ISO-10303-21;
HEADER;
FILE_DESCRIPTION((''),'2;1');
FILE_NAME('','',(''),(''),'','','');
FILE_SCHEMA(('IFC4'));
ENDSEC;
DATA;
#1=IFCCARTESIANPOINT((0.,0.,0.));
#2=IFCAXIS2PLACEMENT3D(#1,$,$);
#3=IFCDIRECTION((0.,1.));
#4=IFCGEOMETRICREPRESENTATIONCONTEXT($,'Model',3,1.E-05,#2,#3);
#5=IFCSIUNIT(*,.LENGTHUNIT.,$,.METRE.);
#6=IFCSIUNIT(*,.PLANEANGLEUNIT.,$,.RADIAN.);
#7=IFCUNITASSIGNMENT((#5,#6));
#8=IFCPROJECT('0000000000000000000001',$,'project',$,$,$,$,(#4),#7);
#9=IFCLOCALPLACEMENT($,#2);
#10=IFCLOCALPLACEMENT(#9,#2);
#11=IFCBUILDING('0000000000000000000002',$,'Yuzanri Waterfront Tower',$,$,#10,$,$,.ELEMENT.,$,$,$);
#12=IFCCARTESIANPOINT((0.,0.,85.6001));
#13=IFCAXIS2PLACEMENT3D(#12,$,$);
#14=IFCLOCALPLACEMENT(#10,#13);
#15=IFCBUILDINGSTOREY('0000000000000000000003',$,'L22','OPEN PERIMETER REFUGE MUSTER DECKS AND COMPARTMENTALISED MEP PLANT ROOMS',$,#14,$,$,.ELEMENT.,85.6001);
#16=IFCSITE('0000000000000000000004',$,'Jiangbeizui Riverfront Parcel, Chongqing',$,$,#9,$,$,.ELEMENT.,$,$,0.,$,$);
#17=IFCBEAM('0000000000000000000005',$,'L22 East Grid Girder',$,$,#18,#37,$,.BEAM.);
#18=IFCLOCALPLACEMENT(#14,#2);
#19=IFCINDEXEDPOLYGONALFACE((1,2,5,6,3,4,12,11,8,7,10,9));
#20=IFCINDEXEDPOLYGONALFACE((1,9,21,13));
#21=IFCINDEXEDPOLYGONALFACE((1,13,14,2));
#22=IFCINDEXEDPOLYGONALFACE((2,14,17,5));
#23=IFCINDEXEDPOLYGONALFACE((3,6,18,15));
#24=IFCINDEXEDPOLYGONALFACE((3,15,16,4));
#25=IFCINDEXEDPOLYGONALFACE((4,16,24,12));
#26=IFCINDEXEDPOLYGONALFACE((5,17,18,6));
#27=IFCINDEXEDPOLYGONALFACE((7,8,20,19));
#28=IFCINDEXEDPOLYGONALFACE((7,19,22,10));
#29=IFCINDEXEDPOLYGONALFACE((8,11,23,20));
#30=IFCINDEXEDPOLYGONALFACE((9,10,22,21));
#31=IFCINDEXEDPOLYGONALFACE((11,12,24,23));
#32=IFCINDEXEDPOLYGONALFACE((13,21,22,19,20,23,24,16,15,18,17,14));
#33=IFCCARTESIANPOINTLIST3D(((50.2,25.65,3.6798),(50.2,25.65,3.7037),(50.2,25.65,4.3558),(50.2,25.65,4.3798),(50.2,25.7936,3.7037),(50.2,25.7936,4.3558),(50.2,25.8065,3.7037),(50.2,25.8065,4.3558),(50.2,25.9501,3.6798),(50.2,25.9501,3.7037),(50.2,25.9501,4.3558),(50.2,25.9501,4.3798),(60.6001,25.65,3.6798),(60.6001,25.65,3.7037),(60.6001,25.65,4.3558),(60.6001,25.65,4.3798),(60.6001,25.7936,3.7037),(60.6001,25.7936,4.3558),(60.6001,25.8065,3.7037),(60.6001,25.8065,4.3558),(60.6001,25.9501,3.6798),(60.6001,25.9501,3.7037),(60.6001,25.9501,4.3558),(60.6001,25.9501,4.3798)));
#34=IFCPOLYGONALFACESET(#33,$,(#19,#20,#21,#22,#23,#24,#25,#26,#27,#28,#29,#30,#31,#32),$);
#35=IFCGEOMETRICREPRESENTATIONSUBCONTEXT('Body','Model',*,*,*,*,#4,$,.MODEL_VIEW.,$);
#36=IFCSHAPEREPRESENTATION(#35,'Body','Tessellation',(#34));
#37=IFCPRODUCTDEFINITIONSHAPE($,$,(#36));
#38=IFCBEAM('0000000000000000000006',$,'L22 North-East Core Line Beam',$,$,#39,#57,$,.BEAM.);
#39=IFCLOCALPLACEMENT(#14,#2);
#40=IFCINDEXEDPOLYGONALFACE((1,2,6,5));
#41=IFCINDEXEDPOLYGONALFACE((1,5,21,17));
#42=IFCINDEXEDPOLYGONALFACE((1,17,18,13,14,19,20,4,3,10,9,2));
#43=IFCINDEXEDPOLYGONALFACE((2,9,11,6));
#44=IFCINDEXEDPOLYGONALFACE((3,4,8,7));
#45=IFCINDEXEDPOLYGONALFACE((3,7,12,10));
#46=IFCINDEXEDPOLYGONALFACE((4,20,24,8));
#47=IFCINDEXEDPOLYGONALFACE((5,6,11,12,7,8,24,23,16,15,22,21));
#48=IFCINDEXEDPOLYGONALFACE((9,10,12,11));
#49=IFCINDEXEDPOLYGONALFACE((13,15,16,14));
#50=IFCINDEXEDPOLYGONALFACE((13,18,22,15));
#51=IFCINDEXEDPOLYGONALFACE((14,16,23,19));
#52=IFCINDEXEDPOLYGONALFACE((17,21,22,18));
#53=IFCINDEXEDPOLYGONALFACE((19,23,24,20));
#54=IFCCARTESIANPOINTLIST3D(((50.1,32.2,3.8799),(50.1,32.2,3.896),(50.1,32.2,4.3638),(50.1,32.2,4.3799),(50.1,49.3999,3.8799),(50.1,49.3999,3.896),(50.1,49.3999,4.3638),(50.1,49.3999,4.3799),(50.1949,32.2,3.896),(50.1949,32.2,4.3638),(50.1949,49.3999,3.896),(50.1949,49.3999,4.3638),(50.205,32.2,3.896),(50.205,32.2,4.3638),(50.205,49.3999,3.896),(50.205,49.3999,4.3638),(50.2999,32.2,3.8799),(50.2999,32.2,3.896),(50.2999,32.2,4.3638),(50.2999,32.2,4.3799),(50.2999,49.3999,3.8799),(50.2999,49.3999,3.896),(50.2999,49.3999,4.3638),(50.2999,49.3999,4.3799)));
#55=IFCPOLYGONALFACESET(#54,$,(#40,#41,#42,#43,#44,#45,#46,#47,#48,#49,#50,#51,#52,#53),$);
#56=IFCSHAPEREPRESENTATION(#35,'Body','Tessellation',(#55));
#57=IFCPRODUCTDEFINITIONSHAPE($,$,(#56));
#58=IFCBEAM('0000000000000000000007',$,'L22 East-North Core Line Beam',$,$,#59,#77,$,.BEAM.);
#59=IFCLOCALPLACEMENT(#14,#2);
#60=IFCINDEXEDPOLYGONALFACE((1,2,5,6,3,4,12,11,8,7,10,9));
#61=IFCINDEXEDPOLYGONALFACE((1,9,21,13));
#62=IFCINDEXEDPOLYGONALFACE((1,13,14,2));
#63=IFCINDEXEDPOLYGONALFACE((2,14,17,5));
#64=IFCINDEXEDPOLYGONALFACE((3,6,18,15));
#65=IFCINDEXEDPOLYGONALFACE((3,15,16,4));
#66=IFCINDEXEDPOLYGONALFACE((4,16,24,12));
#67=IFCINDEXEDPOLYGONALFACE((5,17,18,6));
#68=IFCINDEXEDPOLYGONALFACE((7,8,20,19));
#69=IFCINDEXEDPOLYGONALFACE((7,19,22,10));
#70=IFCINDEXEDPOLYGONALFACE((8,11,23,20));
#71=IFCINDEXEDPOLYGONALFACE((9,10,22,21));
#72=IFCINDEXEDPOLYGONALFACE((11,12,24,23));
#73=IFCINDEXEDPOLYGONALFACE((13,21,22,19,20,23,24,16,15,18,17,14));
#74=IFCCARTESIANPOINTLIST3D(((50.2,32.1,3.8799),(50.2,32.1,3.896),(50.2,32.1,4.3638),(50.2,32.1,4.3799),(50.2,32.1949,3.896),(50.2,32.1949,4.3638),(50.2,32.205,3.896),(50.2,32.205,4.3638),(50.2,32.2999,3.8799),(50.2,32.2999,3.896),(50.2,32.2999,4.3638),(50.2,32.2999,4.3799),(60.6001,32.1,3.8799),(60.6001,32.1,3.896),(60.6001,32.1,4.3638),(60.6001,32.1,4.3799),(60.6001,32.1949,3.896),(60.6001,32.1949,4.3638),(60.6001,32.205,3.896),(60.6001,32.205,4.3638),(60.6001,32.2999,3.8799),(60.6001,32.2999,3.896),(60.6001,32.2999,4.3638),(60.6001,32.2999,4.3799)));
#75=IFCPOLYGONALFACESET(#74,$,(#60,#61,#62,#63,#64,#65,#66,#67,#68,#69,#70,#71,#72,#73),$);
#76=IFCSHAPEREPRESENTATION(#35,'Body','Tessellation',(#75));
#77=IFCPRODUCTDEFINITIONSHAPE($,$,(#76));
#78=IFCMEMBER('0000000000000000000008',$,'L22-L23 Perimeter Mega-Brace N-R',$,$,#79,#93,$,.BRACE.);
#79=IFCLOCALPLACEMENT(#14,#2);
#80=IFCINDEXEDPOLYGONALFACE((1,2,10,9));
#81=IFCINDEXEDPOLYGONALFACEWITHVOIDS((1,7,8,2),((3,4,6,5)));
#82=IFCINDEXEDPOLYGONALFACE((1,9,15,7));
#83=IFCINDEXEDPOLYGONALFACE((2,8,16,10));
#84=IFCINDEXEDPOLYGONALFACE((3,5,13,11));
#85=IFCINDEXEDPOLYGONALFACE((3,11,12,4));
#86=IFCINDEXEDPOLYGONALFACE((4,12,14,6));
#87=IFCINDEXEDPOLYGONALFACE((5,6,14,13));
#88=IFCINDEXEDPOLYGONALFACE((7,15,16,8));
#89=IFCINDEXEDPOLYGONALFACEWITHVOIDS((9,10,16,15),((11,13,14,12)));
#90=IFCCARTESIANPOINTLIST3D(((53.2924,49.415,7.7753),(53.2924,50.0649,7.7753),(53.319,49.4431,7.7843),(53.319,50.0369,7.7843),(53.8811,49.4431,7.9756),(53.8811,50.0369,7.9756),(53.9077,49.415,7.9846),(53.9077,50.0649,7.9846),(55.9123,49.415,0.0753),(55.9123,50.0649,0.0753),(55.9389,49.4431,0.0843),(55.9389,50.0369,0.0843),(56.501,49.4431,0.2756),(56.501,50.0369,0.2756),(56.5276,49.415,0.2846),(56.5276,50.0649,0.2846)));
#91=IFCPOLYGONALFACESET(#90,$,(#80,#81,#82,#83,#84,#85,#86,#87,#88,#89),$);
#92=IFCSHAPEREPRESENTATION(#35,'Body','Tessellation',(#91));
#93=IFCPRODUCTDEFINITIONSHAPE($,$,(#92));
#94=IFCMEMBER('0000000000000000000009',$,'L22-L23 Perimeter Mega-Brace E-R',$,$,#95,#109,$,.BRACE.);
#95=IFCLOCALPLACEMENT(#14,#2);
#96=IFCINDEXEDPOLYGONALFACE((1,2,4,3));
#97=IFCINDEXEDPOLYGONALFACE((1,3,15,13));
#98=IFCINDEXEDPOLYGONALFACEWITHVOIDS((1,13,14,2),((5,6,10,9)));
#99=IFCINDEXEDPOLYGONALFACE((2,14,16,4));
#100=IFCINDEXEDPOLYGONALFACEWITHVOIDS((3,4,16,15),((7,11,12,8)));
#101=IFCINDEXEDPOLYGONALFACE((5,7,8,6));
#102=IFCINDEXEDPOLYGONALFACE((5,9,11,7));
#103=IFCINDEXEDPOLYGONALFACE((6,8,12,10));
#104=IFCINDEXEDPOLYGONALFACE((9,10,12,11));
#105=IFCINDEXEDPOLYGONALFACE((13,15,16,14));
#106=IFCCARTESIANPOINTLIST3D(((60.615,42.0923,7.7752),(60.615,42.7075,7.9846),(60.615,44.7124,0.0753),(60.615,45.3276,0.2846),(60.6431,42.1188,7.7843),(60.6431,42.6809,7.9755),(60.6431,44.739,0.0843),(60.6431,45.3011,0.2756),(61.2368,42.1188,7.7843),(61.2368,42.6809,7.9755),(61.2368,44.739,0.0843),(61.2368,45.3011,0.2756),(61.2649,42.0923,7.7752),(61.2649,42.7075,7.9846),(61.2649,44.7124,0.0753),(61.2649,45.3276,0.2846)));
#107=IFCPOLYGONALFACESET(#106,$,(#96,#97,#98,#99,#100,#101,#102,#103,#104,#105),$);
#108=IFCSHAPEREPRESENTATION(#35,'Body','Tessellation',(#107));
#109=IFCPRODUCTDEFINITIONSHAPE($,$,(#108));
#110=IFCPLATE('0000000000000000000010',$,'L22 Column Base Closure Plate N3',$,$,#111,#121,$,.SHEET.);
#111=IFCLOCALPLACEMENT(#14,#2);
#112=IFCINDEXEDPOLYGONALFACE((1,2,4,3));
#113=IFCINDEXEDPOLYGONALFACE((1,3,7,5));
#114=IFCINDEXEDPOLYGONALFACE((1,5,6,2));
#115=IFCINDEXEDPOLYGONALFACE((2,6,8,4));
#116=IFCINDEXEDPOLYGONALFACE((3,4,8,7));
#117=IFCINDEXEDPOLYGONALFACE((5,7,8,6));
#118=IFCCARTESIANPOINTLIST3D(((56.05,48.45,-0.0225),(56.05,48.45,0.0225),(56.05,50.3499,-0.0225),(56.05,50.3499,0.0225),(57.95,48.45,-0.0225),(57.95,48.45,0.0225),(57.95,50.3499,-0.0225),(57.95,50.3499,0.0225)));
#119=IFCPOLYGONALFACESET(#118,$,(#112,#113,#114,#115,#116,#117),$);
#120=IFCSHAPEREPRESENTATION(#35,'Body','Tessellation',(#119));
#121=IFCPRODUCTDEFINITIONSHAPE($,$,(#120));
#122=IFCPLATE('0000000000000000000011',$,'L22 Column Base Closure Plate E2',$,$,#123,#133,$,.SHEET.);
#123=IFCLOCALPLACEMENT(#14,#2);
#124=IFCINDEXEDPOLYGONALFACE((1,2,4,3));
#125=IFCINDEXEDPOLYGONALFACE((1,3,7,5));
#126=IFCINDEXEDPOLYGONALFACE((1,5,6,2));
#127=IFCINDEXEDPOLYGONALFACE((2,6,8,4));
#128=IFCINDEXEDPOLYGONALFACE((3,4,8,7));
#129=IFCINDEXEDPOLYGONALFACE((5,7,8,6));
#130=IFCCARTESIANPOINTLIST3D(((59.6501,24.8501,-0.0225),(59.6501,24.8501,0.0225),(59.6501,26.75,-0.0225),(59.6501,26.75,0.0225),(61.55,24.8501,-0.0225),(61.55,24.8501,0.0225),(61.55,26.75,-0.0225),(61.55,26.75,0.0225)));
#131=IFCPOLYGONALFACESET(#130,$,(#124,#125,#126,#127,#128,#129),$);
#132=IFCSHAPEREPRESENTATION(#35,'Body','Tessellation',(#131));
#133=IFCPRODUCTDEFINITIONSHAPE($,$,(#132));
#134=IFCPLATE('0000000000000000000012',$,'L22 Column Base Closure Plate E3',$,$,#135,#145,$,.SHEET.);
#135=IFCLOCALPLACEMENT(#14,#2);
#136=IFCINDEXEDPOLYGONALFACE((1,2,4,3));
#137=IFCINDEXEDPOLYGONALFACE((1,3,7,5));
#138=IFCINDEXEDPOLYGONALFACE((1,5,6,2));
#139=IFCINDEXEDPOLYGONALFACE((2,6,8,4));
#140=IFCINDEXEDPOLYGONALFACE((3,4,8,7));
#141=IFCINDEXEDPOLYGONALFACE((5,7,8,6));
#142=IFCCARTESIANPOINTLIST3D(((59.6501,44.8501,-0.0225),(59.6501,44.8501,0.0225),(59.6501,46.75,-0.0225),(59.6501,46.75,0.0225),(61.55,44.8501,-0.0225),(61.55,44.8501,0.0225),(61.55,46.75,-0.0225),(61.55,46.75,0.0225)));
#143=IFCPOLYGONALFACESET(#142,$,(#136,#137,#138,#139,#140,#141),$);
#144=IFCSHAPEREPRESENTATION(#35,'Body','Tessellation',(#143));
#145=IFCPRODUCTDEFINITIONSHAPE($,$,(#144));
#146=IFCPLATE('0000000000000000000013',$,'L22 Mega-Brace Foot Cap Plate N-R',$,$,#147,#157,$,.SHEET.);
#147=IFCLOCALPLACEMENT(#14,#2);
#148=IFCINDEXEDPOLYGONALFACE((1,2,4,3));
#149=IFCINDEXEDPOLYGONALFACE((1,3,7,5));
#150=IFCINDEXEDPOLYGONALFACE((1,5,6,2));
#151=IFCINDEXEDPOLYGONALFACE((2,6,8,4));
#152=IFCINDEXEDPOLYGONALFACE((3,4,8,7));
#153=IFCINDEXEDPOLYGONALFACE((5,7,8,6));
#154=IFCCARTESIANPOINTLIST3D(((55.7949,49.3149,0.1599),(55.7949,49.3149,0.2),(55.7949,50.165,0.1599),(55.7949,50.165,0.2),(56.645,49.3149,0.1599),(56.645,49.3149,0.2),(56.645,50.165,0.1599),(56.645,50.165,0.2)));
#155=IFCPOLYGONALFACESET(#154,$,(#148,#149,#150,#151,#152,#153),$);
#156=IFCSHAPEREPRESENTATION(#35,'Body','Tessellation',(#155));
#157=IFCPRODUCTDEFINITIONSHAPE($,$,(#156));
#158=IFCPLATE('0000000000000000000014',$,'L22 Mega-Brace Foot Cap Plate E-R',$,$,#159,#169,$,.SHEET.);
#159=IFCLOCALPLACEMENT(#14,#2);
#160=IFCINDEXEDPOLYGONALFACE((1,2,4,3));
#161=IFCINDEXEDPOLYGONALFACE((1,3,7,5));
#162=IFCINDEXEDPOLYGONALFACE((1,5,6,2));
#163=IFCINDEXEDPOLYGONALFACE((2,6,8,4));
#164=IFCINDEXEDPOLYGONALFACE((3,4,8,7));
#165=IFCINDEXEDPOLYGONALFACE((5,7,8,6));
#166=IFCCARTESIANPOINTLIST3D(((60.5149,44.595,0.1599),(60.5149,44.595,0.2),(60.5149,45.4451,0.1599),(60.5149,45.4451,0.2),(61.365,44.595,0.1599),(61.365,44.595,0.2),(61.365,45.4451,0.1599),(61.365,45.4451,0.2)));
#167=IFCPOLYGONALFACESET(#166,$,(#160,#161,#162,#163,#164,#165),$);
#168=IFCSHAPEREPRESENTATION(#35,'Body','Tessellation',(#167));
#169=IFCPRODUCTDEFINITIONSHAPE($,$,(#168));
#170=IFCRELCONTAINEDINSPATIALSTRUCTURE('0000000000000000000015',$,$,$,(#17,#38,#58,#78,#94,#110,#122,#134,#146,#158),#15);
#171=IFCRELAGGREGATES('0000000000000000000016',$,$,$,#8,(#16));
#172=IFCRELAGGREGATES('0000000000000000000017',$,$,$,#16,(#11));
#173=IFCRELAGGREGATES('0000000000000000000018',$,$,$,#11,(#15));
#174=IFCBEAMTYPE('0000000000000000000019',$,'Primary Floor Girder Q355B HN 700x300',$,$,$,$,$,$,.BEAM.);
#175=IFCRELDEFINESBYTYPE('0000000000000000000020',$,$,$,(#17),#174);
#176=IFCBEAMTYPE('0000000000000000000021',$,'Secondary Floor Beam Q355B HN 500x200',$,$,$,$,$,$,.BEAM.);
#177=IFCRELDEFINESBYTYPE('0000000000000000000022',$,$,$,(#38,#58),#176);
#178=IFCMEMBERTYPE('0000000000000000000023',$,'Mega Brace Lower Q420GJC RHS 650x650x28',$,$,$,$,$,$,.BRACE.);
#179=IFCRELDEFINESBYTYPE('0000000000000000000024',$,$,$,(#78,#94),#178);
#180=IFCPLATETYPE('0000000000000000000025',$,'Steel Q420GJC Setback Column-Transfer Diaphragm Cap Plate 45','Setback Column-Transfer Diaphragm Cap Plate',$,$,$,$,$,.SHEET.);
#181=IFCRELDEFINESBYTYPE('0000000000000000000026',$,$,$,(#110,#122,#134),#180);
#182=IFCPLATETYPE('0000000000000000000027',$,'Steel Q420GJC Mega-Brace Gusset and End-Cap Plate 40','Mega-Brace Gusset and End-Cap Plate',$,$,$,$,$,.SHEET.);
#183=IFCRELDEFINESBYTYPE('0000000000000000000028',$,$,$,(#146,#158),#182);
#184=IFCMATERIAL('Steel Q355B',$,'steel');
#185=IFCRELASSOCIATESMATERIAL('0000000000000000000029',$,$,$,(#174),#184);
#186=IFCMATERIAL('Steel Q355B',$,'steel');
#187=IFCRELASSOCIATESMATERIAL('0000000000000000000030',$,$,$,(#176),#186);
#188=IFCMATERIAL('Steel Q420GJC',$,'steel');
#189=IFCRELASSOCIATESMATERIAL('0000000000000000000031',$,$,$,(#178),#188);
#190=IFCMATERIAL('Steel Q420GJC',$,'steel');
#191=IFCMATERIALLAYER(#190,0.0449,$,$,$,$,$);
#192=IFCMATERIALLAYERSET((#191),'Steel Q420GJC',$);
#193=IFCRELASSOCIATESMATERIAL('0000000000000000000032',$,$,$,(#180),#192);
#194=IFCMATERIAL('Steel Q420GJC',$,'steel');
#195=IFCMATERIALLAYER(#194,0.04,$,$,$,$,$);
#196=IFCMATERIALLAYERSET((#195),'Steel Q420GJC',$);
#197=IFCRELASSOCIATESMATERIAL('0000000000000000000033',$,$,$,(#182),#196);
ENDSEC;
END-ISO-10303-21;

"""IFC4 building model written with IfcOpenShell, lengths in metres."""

from ifc_helpers import new_model, si_unit, direction, frame, origin, origin_2d, place, context, subcontext, project, spatial, rectangle, hollow_rectangle, i_section, extrude, source, transform, mapped, material, layer, layer_set, material_profile, profile_set, type_object, element, save


model = new_model("IFC4")

# Units and contexts
model_context = context("Model", 3, precision=1e-05, world=origin(), true_north=direction((0.0, 1.0)))
body_context = subcontext(model_context, "Body", "Model", "MODEL_VIEW")
ifc_project = project(units=[si_unit("LENGTHUNIT", "METRE"), si_unit("PLANEANGLEUNIT", "RADIAN")], contexts=[model_context])

# Site, building, storey
site_placement = place(None, origin())
site = spatial("IfcSite", under=ifc_project, at=site_placement, Name="Jiangbeizui Riverfront Parcel, Chongqing", CompositionType="ELEMENT", RefElevation=0.0)
building_placement = place(site_placement, origin())
building = spatial("IfcBuilding", under=site, at=building_placement, Name="Yuzanri Waterfront Tower", CompositionType="ELEMENT")
storey_placement = place(building_placement, frame((0.0, 0.0, 85.6001)))
storey = spatial("IfcBuildingStorey", under=building, at=storey_placement, Name="L22", Description="OPEN PERIMETER REFUGE MUSTER DECKS AND COMPARTMENTALISED MEP PLANT ROOMS", CompositionType="ELEMENT", Elevation=85.6001)

# Beams
ifc_material_1 = material(Name="Steel Q355B", Category="steel")
ifc_material_profile_1 = material_profile(ifc_material_1, i_section(OverallWidth=0.3, OverallDepth=0.7, WebThickness=0.0129, FlangeThickness=0.0239, at=origin_2d()), Name="HN 700x300x13x24")
ifc_profile_set_1 = profile_set([ifc_material_profile_1], Name="Steel Q355B")
beam_type_1 = type_object("IfcBeamType", Name="Primary Floor Girder Q355B HN 700x300", PredefinedType="BEAM", material=ifc_profile_set_1)
shared_shape_1 = source(origin(), body_context, "Body", "SweptSolid", [
    extrude(i_section(OverallWidth=0.3, OverallDepth=0.7, WebThickness=0.0129, FlangeThickness=0.0239, at=origin_2d()), origin(), (0.0, 0.0, 1.0), 10.4001),
])
beam_1_placement = place(storey_placement, frame((50.2, 25.8, 4.0298), z_axis=(1.0, 0.0, 0.0), x_axis=(0.0, 1.0, 0.0)))
element("IfcBeam", 1, at=beam_1_placement, inside=storey, type_object=beam_type_1, Name="L22 East Grid Girder", PredefinedType="BEAM", context=body_context, shape_type="MappedRepresentation", body=[
    mapped(shared_shape_1, transform((0.0, 0.0, 0.0), scale=1.0)),
])
ifc_material_2 = material(Name="Steel Q355B", Category="steel")
ifc_material_profile_2 = material_profile(ifc_material_2, i_section(OverallWidth=0.2, OverallDepth=0.5, WebThickness=0.01, FlangeThickness=0.0161, at=origin_2d()), Name="HN 500x200x10x16")
ifc_profile_set_2 = profile_set([ifc_material_profile_2], Name="Steel Q355B")
beam_type_2 = type_object("IfcBeamType", Name="Secondary Floor Beam Q355B HN 500x200", PredefinedType="BEAM", material=ifc_profile_set_2)
shared_shape_2 = source(origin(), body_context, "Body", "SweptSolid", [
    extrude(i_section(OverallWidth=0.2, OverallDepth=0.5, WebThickness=0.01, FlangeThickness=0.0161, at=origin_2d()), origin(), (0.0, 0.0, 1.0), 17.2),
])
beam_2_placement = place(storey_placement, frame((50.2, 32.2, 4.1299), z_axis=(0.0, 1.0, 0.0), x_axis=(-1.0, 0.0, 0.0)))
element("IfcBeam", 2, at=beam_2_placement, inside=storey, type_object=beam_type_2, Name="L22 North-East Core Line Beam", PredefinedType="BEAM", context=body_context, shape_type="MappedRepresentation", body=[
    mapped(shared_shape_2, transform((0.0, 0.0, 0.0), scale=1.0)),
])
shared_shape_3 = source(origin(), body_context, "Body", "SweptSolid", [
    extrude(i_section(OverallWidth=0.2, OverallDepth=0.5, WebThickness=0.01, FlangeThickness=0.0161, at=origin_2d()), origin(), (0.0, 0.0, 1.0), 10.4001),
])
beam_3_placement = place(storey_placement, frame((50.2, 32.2, 4.1299), z_axis=(1.0, 0.0, 0.0), x_axis=(0.0, 1.0, 0.0)))
element("IfcBeam", 3, at=beam_3_placement, inside=storey, type_object=beam_type_2, Name="L22 East-North Core Line Beam", PredefinedType="BEAM", context=body_context, shape_type="MappedRepresentation", body=[
    mapped(shared_shape_3, transform((0.0, 0.0, 0.0), scale=1.0)),
])

# Members
ifc_material_3 = material(Name="Steel Q420GJC", Category="steel")
ifc_material_profile_3 = material_profile(ifc_material_3, hollow_rectangle(XDim=0.6499, YDim=0.6499, WallThickness=0.0281, at=origin_2d()), Name="RHS 650x650x28")
ifc_profile_set_3 = profile_set([ifc_material_profile_3], Name="Steel Q420GJC")
member_type = type_object("IfcMemberType", Name="Mega Brace Lower Q420GJC RHS 650x650x28", PredefinedType="BRACE", material=ifc_profile_set_3)
shared_shape_4 = source(origin(), body_context, "Body", "SweptSolid", [
    extrude(hollow_rectangle(XDim=0.6499, YDim=0.6499, WallThickness=0.0281, at=origin_2d()), origin(), (0.0, 0.0, 1.0), 8.1335),
])
for number, where, z_axis, x_axis, name in (
    (4, (56.22, 49.74, 0.1799), (-0.322111, 0.0, 0.946702), (0.0, -1.0, 0.0), "L22-L23 Perimeter Mega-Brace N-R"),
    (5, (60.9399, 45.02, 0.1799), (0.0, -0.322138, 0.946693), (1.0, 0.0, 0.0), "L22-L23 Perimeter Mega-Brace E-R"),
):
    element("IfcMember", number, at=place(storey_placement, frame(where, z_axis=z_axis, x_axis=x_axis)), inside=storey, type_object=member_type, Name=name, PredefinedType="BRACE", context=body_context, shape_type="MappedRepresentation", body=[
        mapped(shared_shape_4, transform((0.0, 0.0, 0.0), scale=1.0)),
    ])

# Plates
ifc_material_4 = material(Name="Steel Q420GJC", Category="steel")
ifc_layer_1 = layer(ifc_material_4, 0.0449)
ifc_layer_set_1 = layer_set([ifc_layer_1], Name="Steel Q420GJC")
plate_type_1 = type_object("IfcPlateType", Name="Steel Q420GJC Setback Column-Transfer Diaphragm Cap Plate 45", Description="Setback Column-Transfer Diaphragm Cap Plate", PredefinedType="SHEET", material=ifc_layer_set_1)
shared_shape_5 = source(origin(), body_context, "Body", "SweptSolid", [
    extrude(rectangle(XDim=1.8999, YDim=1.8999, at=origin_2d()), origin(), (0.0, 0.0, 1.0), 0.0449),
])
for number, where, z_axis, x_axis, name in (
    (6, (57.0, 49.3999, -0.0225), (0.0, 0.0, 1.0), (1.0, 0.0, 0.0), "L22 Column Base Closure Plate N3"),
    (7, (60.6001, 25.8, -0.0225), (0.0, 0.0, 1.0), (1.0, 0.0, 0.0), "L22 Column Base Closure Plate E2"),
    (8, (60.6001, 45.8, -0.0225), (0.0, 0.0, 1.0), (1.0, 0.0, 0.0), "L22 Column Base Closure Plate E3"),
):
    element("IfcPlate", number, at=place(storey_placement, frame(where, z_axis=z_axis, x_axis=x_axis)), inside=storey, type_object=plate_type_1, Name=name, PredefinedType="SHEET", context=body_context, shape_type="MappedRepresentation", body=[
        mapped(shared_shape_5, transform((0.0, 0.0, 0.0), scale=1.0)),
    ])
ifc_material_5 = material(Name="Steel Q420GJC", Category="steel")
ifc_layer_2 = layer(ifc_material_5, 0.04)
ifc_layer_set_2 = layer_set([ifc_layer_2], Name="Steel Q420GJC")
plate_type_2 = type_object("IfcPlateType", Name="Steel Q420GJC Mega-Brace Gusset and End-Cap Plate 40", Description="Mega-Brace Gusset and End-Cap Plate", PredefinedType="SHEET", material=ifc_layer_set_2)
shared_shape_6 = source(origin(), body_context, "Body", "SweptSolid", [
    extrude(rectangle(XDim=0.8501, YDim=0.8501, at=origin_2d()), origin(), (0.0, 0.0, 1.0), 0.04),
])
for number, where, z_axis, x_axis, name in (
    (9, (56.22, 49.74, 0.1599), (0.0, 0.0, 1.0), (1.0, 0.0, 0.0), "L22 Mega-Brace Foot Cap Plate N-R"),
    (10, (60.9399, 45.02, 0.1599), (0.0, 0.0, 1.0), (1.0, 0.0, 0.0), "L22 Mega-Brace Foot Cap Plate E-R"),
):
    element("IfcPlate", number, at=place(storey_placement, frame(where, z_axis=z_axis, x_axis=x_axis)), inside=storey, type_object=plate_type_2, Name=name, PredefinedType="SHEET", context=body_context, shape_type="MappedRepresentation", body=[
        mapped(shared_shape_6, transform((0.0, 0.0, 0.0), scale=1.0)),
    ])

save(model, "model.ifc")
